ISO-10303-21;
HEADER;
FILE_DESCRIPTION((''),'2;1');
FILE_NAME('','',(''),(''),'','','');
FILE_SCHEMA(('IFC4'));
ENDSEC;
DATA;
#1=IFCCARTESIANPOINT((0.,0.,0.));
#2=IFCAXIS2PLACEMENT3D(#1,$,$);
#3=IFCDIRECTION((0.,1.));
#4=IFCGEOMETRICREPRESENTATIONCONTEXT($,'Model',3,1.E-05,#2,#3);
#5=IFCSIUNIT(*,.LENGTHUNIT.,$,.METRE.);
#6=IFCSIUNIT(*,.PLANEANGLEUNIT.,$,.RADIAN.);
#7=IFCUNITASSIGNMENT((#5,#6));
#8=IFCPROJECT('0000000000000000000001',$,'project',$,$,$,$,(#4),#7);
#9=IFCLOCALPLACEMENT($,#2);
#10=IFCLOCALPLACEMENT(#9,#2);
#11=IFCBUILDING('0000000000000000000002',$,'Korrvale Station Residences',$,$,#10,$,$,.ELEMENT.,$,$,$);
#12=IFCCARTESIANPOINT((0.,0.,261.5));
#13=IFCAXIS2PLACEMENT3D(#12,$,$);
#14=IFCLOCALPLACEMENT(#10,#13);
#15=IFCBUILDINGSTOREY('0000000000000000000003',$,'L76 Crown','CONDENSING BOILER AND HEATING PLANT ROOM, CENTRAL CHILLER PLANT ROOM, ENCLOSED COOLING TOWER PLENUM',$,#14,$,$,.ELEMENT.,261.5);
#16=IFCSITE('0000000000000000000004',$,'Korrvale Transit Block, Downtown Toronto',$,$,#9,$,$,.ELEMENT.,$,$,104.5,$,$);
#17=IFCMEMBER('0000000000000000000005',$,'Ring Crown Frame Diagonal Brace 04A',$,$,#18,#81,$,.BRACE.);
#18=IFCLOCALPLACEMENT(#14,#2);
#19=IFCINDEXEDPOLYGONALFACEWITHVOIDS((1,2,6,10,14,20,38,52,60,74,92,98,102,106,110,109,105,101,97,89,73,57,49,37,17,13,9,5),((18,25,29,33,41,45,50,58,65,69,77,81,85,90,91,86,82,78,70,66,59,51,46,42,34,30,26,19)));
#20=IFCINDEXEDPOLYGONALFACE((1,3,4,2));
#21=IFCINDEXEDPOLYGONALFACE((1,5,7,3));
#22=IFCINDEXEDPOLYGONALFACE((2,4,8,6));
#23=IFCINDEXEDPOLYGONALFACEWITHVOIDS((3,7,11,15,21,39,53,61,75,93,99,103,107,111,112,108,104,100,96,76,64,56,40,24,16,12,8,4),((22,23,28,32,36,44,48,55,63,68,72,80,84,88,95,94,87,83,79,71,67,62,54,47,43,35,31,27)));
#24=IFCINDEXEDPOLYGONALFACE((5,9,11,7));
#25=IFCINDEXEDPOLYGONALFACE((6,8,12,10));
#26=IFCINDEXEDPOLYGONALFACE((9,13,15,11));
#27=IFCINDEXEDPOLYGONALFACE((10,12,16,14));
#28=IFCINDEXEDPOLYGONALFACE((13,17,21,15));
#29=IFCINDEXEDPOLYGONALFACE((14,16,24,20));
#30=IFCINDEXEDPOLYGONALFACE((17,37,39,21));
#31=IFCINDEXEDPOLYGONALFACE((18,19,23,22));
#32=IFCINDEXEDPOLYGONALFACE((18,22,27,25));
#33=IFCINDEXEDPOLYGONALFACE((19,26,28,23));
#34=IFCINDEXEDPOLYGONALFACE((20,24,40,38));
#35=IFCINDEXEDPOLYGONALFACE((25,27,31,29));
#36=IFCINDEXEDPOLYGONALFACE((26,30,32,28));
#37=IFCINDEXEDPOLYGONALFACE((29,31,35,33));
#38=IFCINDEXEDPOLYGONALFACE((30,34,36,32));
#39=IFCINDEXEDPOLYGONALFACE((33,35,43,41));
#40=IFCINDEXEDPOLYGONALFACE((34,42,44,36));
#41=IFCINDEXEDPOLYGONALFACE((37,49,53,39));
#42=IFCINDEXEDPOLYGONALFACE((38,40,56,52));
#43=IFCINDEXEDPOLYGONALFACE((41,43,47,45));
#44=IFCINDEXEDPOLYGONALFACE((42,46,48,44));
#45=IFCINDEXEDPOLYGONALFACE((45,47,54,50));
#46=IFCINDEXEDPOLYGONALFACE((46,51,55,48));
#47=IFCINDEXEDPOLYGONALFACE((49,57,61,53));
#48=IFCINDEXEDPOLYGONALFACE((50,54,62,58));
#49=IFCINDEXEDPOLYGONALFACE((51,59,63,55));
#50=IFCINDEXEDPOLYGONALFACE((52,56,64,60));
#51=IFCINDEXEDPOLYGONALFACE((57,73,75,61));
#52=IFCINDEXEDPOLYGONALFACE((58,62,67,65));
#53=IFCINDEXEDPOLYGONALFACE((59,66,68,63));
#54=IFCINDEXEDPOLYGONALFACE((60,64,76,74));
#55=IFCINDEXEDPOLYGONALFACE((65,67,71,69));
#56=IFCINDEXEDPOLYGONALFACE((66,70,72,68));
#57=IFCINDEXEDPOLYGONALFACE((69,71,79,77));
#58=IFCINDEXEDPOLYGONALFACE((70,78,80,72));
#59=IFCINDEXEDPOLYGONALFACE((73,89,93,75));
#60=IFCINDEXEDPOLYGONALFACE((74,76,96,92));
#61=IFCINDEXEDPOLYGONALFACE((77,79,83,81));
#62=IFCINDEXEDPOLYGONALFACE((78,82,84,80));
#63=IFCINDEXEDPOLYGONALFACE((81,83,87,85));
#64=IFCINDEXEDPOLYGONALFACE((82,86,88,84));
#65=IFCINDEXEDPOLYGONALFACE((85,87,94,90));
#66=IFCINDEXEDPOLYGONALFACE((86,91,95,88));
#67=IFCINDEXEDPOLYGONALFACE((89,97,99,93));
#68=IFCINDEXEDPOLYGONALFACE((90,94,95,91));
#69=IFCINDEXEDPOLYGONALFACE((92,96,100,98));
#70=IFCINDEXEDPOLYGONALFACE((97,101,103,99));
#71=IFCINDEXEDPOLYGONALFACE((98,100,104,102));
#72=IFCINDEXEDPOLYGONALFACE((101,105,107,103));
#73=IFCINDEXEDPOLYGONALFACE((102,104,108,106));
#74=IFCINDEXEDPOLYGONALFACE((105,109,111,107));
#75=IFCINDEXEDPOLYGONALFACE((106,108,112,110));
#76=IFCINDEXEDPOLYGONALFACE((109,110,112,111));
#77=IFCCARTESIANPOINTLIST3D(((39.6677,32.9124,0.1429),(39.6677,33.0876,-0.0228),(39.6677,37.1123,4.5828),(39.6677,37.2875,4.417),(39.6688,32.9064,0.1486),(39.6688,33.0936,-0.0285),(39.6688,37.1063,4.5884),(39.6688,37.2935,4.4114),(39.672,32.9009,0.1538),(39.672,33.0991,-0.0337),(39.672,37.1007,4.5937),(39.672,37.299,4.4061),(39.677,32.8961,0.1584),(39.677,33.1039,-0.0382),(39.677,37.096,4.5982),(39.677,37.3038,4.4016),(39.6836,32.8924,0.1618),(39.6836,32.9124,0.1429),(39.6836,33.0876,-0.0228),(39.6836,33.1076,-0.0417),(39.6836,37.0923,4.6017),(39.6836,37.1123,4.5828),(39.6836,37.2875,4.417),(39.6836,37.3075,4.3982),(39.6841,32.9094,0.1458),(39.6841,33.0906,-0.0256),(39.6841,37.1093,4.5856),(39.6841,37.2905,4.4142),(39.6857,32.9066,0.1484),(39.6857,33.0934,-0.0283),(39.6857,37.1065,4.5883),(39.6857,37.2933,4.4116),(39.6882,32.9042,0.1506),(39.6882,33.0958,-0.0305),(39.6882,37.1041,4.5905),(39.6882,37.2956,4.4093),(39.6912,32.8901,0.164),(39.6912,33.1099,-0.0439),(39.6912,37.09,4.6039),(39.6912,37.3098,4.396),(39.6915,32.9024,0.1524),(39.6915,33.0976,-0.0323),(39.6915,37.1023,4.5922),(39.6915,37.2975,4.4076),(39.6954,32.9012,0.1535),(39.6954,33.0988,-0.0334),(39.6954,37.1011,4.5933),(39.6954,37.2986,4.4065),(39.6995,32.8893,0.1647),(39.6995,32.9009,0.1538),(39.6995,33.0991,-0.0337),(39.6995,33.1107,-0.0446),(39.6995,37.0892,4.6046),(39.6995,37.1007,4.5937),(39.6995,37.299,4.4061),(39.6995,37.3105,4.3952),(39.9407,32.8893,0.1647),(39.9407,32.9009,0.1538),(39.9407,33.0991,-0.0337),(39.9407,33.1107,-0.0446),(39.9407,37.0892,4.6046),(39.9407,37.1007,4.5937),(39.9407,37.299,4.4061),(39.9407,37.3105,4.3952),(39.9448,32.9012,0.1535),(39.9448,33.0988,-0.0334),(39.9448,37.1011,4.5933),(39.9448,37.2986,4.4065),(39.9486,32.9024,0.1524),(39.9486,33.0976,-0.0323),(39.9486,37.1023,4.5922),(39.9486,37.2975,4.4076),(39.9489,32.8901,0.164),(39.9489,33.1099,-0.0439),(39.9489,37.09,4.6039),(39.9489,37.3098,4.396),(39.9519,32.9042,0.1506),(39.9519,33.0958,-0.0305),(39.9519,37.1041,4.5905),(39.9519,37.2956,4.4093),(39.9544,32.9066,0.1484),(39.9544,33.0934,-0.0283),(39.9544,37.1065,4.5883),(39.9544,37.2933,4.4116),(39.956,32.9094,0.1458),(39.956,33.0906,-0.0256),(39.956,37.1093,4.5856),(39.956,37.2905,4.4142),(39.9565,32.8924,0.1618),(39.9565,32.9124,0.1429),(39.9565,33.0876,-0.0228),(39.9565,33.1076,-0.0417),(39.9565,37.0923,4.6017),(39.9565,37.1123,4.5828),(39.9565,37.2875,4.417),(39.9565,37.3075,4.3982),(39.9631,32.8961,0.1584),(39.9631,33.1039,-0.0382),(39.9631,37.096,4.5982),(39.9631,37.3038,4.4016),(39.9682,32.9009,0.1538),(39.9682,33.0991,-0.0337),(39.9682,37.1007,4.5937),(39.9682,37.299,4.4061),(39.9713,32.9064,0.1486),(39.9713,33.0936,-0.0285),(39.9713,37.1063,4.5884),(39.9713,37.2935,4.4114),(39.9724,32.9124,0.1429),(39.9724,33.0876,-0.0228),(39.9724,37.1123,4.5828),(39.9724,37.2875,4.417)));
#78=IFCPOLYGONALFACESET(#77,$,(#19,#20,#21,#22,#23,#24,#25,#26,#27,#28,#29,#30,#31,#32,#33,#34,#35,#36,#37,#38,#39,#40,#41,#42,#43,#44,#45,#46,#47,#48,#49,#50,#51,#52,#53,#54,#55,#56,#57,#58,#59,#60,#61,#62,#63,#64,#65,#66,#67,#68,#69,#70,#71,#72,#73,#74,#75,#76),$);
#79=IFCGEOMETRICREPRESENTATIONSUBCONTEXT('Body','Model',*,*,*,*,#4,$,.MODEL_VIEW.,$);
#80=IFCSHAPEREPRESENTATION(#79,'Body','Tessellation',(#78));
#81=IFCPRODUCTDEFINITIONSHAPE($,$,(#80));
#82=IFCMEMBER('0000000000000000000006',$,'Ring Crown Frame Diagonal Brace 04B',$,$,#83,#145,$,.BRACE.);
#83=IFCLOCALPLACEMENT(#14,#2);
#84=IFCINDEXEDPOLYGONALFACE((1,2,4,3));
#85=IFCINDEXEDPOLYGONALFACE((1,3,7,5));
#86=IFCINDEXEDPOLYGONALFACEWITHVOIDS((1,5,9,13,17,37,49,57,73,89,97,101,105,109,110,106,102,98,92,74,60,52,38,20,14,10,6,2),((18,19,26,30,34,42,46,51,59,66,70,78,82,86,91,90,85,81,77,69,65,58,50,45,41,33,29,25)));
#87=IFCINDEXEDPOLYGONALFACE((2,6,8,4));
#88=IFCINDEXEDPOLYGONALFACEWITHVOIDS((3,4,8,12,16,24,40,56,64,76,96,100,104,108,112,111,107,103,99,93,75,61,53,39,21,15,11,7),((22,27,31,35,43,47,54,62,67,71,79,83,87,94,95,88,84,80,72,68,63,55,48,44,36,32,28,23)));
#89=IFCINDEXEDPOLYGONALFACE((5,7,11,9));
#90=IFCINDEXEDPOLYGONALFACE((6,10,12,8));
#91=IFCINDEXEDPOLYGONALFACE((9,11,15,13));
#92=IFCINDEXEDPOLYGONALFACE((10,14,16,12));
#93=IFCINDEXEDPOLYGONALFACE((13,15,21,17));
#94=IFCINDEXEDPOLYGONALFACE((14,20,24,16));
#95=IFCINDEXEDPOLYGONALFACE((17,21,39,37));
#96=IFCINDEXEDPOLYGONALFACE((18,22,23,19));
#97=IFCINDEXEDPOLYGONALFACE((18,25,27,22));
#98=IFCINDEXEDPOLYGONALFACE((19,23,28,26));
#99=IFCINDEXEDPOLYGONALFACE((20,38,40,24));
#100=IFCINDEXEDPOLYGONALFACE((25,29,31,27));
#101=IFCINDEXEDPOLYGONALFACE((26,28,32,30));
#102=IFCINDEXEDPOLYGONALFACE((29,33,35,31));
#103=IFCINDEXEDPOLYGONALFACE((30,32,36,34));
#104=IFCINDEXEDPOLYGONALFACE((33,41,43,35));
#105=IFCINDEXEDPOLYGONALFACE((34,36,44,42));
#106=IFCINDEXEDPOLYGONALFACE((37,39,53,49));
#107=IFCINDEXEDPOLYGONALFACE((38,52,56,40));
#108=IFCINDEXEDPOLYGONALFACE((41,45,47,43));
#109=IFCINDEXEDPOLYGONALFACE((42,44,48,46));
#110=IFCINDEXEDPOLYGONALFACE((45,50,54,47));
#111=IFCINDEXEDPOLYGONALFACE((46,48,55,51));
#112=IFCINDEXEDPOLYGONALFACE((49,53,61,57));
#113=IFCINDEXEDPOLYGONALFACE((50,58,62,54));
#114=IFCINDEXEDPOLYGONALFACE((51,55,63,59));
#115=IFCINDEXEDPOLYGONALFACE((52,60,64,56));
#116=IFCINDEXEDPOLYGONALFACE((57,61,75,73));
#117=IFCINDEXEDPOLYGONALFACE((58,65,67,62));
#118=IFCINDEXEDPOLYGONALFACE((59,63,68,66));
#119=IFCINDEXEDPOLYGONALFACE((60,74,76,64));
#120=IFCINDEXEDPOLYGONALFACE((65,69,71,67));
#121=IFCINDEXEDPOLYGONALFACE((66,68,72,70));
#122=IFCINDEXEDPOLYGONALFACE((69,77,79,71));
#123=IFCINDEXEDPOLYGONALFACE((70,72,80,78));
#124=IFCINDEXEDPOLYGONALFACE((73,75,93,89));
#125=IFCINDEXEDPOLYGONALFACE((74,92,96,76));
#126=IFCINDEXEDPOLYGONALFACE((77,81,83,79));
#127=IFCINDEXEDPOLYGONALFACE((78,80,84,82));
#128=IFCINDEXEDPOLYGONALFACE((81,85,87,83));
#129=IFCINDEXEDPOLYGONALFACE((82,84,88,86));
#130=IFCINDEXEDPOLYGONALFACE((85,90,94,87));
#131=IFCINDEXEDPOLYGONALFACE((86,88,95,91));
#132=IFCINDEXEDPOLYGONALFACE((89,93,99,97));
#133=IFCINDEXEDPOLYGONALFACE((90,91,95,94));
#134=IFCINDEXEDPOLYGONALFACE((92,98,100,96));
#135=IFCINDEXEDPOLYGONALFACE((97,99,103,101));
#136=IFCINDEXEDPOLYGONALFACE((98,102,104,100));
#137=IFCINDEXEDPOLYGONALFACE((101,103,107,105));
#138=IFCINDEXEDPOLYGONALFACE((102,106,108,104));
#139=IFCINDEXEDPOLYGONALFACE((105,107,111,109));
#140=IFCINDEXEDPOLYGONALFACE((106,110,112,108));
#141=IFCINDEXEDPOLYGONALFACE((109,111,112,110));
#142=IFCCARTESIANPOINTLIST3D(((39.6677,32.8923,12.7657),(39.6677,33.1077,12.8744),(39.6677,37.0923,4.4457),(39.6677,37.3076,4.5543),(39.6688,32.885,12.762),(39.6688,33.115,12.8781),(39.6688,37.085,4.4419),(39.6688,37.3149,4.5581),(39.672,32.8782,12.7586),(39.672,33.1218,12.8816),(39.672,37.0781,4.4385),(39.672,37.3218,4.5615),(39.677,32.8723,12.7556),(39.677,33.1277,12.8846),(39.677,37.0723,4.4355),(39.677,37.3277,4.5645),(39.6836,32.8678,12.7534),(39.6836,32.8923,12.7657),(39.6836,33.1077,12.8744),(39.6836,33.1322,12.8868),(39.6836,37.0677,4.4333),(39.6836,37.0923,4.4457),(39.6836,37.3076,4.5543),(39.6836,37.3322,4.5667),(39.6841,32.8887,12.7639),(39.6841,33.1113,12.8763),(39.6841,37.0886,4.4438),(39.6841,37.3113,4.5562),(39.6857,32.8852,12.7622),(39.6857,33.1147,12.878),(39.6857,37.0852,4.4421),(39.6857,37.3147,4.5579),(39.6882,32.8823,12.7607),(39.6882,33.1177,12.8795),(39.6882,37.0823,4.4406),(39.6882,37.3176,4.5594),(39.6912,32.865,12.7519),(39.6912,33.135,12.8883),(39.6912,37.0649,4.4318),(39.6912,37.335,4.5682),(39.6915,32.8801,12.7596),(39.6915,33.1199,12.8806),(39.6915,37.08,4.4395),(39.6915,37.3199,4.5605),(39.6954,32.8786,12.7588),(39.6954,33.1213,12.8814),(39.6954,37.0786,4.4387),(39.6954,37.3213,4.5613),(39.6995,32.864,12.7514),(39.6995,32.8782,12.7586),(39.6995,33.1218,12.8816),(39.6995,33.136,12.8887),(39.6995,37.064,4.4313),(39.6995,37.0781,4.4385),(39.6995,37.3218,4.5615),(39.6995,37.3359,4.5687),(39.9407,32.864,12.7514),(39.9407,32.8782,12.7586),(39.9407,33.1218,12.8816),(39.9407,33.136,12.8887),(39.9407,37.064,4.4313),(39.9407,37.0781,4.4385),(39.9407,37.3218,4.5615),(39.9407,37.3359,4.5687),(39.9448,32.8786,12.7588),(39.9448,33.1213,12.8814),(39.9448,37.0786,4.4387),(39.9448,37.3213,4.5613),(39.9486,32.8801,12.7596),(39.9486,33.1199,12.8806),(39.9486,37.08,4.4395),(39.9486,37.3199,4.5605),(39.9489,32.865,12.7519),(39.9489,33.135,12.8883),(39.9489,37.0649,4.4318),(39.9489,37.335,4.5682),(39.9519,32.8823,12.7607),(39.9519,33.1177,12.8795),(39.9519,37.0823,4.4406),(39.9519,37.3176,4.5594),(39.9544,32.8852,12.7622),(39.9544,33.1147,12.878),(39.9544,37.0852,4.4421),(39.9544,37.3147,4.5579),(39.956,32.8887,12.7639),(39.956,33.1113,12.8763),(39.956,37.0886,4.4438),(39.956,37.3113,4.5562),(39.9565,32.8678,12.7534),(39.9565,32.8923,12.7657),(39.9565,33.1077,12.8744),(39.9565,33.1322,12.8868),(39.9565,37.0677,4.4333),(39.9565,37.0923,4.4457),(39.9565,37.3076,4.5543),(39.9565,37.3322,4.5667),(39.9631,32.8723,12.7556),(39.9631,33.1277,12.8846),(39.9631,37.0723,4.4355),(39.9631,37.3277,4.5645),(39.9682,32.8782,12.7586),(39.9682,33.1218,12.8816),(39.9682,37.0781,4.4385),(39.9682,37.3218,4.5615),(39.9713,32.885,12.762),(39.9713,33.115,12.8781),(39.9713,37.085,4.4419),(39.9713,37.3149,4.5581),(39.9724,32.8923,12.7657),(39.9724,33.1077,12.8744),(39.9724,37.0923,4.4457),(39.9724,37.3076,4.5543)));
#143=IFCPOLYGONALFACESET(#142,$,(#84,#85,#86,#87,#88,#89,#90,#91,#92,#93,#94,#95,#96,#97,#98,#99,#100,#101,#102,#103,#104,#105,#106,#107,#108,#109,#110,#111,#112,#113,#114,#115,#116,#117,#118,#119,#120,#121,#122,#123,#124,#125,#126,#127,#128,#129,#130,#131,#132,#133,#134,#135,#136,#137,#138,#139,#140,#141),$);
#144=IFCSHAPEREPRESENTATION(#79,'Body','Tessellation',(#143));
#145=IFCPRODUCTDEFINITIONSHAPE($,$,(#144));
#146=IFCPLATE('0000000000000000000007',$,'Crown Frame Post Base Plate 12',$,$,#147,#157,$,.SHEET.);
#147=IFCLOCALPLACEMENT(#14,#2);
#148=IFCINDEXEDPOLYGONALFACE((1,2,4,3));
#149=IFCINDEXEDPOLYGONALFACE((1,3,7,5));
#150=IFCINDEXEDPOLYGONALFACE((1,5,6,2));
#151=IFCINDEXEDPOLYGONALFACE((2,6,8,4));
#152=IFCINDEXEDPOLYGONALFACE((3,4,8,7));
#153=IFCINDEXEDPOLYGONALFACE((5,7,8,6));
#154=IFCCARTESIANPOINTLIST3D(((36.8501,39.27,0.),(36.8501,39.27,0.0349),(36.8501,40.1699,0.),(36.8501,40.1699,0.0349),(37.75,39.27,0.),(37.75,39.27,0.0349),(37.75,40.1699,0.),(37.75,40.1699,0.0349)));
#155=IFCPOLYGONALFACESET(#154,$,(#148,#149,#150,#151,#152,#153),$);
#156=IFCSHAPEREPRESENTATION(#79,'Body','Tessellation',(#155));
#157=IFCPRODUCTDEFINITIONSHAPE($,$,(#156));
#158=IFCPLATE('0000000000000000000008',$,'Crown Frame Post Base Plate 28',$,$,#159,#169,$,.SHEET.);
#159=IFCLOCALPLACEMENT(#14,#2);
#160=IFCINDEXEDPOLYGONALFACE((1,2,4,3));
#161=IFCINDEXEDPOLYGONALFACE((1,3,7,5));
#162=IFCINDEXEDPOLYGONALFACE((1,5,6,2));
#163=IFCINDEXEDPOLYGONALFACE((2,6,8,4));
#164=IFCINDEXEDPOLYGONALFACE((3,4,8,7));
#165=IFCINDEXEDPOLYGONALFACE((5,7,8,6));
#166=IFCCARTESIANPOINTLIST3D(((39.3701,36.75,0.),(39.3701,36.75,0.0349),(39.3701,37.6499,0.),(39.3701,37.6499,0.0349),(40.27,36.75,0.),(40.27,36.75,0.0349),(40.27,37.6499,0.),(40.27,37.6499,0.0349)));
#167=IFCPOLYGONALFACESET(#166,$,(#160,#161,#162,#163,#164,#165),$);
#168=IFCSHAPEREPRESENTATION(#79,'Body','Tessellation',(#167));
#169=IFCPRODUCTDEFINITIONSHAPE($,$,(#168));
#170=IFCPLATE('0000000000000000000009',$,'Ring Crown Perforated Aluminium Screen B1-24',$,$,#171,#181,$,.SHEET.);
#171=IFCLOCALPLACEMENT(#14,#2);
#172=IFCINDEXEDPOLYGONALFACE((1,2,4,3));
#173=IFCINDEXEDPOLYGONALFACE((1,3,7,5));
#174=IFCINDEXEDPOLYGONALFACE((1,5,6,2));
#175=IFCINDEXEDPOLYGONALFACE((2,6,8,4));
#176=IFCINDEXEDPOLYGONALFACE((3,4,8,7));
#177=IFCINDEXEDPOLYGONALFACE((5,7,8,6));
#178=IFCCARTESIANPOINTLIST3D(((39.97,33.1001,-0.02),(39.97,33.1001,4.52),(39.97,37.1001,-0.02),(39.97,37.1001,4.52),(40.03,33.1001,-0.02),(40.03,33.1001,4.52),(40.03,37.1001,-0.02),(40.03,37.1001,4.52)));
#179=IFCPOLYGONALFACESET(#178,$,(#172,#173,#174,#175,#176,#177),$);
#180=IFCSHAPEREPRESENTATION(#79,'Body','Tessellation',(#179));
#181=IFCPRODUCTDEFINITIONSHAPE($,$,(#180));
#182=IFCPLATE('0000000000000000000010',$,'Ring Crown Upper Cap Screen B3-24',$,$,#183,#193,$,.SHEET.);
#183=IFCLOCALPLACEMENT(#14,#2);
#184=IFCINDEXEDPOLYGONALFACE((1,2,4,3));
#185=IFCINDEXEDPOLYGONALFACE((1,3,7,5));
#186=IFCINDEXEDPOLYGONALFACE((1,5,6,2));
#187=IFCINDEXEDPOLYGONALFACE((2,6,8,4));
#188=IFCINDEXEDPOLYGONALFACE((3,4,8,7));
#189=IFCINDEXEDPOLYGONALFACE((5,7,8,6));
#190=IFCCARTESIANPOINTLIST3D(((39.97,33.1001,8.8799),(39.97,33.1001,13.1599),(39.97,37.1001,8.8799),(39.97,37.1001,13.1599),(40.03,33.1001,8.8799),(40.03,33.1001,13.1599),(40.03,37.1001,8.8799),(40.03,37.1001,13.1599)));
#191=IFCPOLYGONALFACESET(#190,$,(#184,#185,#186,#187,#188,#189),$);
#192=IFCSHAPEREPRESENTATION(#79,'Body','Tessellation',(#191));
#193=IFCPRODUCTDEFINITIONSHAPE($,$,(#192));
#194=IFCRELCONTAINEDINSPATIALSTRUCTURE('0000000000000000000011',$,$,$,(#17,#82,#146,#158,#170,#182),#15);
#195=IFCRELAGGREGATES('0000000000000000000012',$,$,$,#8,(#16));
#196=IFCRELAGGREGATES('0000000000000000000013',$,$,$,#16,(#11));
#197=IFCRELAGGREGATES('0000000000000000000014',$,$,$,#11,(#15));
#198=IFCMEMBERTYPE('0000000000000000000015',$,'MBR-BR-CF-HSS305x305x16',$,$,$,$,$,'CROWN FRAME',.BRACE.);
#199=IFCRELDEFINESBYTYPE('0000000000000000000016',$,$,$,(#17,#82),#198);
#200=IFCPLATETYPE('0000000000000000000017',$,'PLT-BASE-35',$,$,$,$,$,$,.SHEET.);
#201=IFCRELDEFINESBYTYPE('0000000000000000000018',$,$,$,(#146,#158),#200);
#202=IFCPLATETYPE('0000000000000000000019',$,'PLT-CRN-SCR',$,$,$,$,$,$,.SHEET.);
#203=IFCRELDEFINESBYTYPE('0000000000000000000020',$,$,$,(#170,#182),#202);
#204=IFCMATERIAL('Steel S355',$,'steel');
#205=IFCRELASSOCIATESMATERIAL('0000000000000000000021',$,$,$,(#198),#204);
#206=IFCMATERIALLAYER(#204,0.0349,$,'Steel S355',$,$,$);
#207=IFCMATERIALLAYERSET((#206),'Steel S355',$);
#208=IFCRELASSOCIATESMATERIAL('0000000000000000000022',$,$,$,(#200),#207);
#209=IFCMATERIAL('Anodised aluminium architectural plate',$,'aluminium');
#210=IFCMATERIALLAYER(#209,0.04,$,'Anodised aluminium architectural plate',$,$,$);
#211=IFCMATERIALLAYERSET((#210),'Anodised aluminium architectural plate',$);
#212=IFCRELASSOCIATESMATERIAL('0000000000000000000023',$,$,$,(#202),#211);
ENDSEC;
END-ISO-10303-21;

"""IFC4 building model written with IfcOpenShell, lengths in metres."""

from ifc_helpers import new_model, si_unit, direction, frame, origin, origin_2d, place, context, subcontext, project, spatial, rectangle, hollow_rectangle, extrude, material, layer, layer_set, material_profile, profile_set, type_object, element, save


model = new_model("IFC4")

# Units and contexts
model_context = context("Model", 3, precision=1e-05, world=origin(), true_north=direction((0.0, 1.0)))
body_context = subcontext(model_context, "Body", "Model", "MODEL_VIEW")
ifc_project = project(units=[si_unit("LENGTHUNIT", "METRE"), si_unit("PLANEANGLEUNIT", "RADIAN")], contexts=[model_context])

# Site, building, storey
site_placement = place(None, origin())
site = spatial("IfcSite", under=ifc_project, at=site_placement, Name="Korrvale Transit Block, Downtown Toronto", CompositionType="ELEMENT", RefElevation=104.5)
building_placement = place(site_placement, origin())
building = spatial("IfcBuilding", under=site, at=building_placement, Name="Korrvale Station Residences", CompositionType="ELEMENT")
storey_placement = place(building_placement, frame((0.0, 0.0, 261.5)))
storey = spatial("IfcBuildingStorey", under=building, at=storey_placement, Name="L76 Crown", Description="CONDENSING BOILER AND HEATING PLANT ROOM, CENTRAL CHILLER PLANT ROOM, ENCLOSED COOLING TOWER PLENUM", CompositionType="ELEMENT", Elevation=261.5)

# Shared definitions
ifc_material_1 = material(Name="Steel S355", Category="steel")

# Members
ifc_material_profile_1 = material_profile(ifc_material_1, hollow_rectangle(XDim=0.3047, YDim=0.3047, WallThickness=0.0159, InnerFilletRadius=0.0159, OuterFilletRadius=0.0317, at=origin_2d()), Name="HSS305x305x16")
ifc_profile_set_1 = profile_set([ifc_material_profile_1], Name="Steel S355")
member_type = type_object("IfcMemberType", Name="MBR-BR-CF-HSS305x305x16", ElementType="CROWN FRAME", PredefinedType="BRACE", material=ifc_profile_set_1)
member_1_placement = place(storey_placement, frame((39.8201, 33.0, 0.0601), z_axis=(0.0, 0.6872, 0.726468), x_axis=(-1.0, 0.0, 0.0)))
element("IfcMember", 1, at=member_1_placement, inside=storey, type_object=member_type, Name="Ring Crown Frame Diagonal Brace 04A", PredefinedType="BRACE", context=body_context, shape_type="SweptSolid", body=[
    extrude(hollow_rectangle(XDim=0.3047, YDim=0.3047, WallThickness=0.0159, InnerFilletRadius=0.0159, OuterFilletRadius=0.0317, at=origin_2d()), origin(), (0.0, 0.0, 1.0), 6.1116),
])
member_2_placement = place(storey_placement, frame((39.8201, 37.2, 4.5), z_axis=(0.0, -0.450637, 0.892707), x_axis=(1.0, 0.0, 0.0)))
element("IfcMember", 2, at=member_2_placement, inside=storey, type_object=member_type, Name="Ring Crown Frame Diagonal Brace 04B", PredefinedType="BRACE", context=body_context, shape_type="SweptSolid", body=[
    extrude(hollow_rectangle(XDim=0.3047, YDim=0.3047, WallThickness=0.0159, InnerFilletRadius=0.0159, OuterFilletRadius=0.0317, at=origin_2d()), origin(), (0.0, 0.0, 1.0), 9.3201),
])

# Plates
ifc_layer_1 = layer(ifc_material_1, 0.0349, Name="Steel S355")
ifc_layer_set_1 = layer_set([ifc_layer_1], Name="Steel S355")
plate_type_1 = type_object("IfcPlateType", Name="PLT-BASE-35", PredefinedType="SHEET", material=ifc_layer_set_1)
for number, where, z_axis, x_axis, name in (
    (3, (37.3, 39.72, 0.0), (0.0, 0.0, 1.0), (1.0, 0.0, 0.0), "Crown Frame Post Base Plate 12"),
    (4, (39.8201, 37.2, 0.0), (0.0, 0.0, 1.0), (1.0, 0.0, 0.0), "Crown Frame Post Base Plate 28"),
):
    element("IfcPlate", number, at=place(storey_placement, frame(where, z_axis=z_axis, x_axis=x_axis)), inside=storey, type_object=plate_type_1, Name=name, PredefinedType="SHEET", context=body_context, shape_type="SweptSolid", body=[
        extrude(rectangle(XDim=0.8999, YDim=0.8999, at=origin_2d()), origin(), (0.0, 0.0, 1.0), 0.0349),
    ])
ifc_material_2 = material(Name="Anodised aluminium architectural plate", Category="aluminium")
ifc_layer_2 = layer(ifc_material_2, 0.04, Name="Anodised aluminium architectural plate")
ifc_layer_set_2 = layer_set([ifc_layer_2], Name="Anodised aluminium architectural plate")
plate_type_2 = type_object("IfcPlateType", Name="PLT-CRN-SCR", PredefinedType="SHEET", material=ifc_layer_set_2)
plate_1_placement = place(storey_placement, frame((40.0, 35.1001, -0.02), z_axis=(0.0, 0.0, 1.0), x_axis=(0.0, 1.0, 0.0)))
element("IfcPlate", 5, at=plate_1_placement, inside=storey, type_object=plate_type_2, Name="Ring Crown Perforated Aluminium Screen B1-24", PredefinedType="SHEET", context=body_context, shape_type="SweptSolid", body=[
    extrude(rectangle(XDim=4.0, YDim=0.0601, at=origin_2d()), origin(), (0.0, 0.0, 1.0), 4.54),
])
plate_2_placement = place(storey_placement, frame((40.0, 35.1001, 8.8799), z_axis=(0.0, 0.0, 1.0), x_axis=(0.0, 1.0, 0.0)))
element("IfcPlate", 6, at=plate_2_placement, inside=storey, type_object=plate_type_2, Name="Ring Crown Upper Cap Screen B3-24", PredefinedType="SHEET", context=body_context, shape_type="SweptSolid", body=[
    extrude(rectangle(XDim=4.0, YDim=0.0601, at=origin_2d()), origin(), (0.0, 0.0, 1.0), 4.28),
])

save(model, "model.ifc")
